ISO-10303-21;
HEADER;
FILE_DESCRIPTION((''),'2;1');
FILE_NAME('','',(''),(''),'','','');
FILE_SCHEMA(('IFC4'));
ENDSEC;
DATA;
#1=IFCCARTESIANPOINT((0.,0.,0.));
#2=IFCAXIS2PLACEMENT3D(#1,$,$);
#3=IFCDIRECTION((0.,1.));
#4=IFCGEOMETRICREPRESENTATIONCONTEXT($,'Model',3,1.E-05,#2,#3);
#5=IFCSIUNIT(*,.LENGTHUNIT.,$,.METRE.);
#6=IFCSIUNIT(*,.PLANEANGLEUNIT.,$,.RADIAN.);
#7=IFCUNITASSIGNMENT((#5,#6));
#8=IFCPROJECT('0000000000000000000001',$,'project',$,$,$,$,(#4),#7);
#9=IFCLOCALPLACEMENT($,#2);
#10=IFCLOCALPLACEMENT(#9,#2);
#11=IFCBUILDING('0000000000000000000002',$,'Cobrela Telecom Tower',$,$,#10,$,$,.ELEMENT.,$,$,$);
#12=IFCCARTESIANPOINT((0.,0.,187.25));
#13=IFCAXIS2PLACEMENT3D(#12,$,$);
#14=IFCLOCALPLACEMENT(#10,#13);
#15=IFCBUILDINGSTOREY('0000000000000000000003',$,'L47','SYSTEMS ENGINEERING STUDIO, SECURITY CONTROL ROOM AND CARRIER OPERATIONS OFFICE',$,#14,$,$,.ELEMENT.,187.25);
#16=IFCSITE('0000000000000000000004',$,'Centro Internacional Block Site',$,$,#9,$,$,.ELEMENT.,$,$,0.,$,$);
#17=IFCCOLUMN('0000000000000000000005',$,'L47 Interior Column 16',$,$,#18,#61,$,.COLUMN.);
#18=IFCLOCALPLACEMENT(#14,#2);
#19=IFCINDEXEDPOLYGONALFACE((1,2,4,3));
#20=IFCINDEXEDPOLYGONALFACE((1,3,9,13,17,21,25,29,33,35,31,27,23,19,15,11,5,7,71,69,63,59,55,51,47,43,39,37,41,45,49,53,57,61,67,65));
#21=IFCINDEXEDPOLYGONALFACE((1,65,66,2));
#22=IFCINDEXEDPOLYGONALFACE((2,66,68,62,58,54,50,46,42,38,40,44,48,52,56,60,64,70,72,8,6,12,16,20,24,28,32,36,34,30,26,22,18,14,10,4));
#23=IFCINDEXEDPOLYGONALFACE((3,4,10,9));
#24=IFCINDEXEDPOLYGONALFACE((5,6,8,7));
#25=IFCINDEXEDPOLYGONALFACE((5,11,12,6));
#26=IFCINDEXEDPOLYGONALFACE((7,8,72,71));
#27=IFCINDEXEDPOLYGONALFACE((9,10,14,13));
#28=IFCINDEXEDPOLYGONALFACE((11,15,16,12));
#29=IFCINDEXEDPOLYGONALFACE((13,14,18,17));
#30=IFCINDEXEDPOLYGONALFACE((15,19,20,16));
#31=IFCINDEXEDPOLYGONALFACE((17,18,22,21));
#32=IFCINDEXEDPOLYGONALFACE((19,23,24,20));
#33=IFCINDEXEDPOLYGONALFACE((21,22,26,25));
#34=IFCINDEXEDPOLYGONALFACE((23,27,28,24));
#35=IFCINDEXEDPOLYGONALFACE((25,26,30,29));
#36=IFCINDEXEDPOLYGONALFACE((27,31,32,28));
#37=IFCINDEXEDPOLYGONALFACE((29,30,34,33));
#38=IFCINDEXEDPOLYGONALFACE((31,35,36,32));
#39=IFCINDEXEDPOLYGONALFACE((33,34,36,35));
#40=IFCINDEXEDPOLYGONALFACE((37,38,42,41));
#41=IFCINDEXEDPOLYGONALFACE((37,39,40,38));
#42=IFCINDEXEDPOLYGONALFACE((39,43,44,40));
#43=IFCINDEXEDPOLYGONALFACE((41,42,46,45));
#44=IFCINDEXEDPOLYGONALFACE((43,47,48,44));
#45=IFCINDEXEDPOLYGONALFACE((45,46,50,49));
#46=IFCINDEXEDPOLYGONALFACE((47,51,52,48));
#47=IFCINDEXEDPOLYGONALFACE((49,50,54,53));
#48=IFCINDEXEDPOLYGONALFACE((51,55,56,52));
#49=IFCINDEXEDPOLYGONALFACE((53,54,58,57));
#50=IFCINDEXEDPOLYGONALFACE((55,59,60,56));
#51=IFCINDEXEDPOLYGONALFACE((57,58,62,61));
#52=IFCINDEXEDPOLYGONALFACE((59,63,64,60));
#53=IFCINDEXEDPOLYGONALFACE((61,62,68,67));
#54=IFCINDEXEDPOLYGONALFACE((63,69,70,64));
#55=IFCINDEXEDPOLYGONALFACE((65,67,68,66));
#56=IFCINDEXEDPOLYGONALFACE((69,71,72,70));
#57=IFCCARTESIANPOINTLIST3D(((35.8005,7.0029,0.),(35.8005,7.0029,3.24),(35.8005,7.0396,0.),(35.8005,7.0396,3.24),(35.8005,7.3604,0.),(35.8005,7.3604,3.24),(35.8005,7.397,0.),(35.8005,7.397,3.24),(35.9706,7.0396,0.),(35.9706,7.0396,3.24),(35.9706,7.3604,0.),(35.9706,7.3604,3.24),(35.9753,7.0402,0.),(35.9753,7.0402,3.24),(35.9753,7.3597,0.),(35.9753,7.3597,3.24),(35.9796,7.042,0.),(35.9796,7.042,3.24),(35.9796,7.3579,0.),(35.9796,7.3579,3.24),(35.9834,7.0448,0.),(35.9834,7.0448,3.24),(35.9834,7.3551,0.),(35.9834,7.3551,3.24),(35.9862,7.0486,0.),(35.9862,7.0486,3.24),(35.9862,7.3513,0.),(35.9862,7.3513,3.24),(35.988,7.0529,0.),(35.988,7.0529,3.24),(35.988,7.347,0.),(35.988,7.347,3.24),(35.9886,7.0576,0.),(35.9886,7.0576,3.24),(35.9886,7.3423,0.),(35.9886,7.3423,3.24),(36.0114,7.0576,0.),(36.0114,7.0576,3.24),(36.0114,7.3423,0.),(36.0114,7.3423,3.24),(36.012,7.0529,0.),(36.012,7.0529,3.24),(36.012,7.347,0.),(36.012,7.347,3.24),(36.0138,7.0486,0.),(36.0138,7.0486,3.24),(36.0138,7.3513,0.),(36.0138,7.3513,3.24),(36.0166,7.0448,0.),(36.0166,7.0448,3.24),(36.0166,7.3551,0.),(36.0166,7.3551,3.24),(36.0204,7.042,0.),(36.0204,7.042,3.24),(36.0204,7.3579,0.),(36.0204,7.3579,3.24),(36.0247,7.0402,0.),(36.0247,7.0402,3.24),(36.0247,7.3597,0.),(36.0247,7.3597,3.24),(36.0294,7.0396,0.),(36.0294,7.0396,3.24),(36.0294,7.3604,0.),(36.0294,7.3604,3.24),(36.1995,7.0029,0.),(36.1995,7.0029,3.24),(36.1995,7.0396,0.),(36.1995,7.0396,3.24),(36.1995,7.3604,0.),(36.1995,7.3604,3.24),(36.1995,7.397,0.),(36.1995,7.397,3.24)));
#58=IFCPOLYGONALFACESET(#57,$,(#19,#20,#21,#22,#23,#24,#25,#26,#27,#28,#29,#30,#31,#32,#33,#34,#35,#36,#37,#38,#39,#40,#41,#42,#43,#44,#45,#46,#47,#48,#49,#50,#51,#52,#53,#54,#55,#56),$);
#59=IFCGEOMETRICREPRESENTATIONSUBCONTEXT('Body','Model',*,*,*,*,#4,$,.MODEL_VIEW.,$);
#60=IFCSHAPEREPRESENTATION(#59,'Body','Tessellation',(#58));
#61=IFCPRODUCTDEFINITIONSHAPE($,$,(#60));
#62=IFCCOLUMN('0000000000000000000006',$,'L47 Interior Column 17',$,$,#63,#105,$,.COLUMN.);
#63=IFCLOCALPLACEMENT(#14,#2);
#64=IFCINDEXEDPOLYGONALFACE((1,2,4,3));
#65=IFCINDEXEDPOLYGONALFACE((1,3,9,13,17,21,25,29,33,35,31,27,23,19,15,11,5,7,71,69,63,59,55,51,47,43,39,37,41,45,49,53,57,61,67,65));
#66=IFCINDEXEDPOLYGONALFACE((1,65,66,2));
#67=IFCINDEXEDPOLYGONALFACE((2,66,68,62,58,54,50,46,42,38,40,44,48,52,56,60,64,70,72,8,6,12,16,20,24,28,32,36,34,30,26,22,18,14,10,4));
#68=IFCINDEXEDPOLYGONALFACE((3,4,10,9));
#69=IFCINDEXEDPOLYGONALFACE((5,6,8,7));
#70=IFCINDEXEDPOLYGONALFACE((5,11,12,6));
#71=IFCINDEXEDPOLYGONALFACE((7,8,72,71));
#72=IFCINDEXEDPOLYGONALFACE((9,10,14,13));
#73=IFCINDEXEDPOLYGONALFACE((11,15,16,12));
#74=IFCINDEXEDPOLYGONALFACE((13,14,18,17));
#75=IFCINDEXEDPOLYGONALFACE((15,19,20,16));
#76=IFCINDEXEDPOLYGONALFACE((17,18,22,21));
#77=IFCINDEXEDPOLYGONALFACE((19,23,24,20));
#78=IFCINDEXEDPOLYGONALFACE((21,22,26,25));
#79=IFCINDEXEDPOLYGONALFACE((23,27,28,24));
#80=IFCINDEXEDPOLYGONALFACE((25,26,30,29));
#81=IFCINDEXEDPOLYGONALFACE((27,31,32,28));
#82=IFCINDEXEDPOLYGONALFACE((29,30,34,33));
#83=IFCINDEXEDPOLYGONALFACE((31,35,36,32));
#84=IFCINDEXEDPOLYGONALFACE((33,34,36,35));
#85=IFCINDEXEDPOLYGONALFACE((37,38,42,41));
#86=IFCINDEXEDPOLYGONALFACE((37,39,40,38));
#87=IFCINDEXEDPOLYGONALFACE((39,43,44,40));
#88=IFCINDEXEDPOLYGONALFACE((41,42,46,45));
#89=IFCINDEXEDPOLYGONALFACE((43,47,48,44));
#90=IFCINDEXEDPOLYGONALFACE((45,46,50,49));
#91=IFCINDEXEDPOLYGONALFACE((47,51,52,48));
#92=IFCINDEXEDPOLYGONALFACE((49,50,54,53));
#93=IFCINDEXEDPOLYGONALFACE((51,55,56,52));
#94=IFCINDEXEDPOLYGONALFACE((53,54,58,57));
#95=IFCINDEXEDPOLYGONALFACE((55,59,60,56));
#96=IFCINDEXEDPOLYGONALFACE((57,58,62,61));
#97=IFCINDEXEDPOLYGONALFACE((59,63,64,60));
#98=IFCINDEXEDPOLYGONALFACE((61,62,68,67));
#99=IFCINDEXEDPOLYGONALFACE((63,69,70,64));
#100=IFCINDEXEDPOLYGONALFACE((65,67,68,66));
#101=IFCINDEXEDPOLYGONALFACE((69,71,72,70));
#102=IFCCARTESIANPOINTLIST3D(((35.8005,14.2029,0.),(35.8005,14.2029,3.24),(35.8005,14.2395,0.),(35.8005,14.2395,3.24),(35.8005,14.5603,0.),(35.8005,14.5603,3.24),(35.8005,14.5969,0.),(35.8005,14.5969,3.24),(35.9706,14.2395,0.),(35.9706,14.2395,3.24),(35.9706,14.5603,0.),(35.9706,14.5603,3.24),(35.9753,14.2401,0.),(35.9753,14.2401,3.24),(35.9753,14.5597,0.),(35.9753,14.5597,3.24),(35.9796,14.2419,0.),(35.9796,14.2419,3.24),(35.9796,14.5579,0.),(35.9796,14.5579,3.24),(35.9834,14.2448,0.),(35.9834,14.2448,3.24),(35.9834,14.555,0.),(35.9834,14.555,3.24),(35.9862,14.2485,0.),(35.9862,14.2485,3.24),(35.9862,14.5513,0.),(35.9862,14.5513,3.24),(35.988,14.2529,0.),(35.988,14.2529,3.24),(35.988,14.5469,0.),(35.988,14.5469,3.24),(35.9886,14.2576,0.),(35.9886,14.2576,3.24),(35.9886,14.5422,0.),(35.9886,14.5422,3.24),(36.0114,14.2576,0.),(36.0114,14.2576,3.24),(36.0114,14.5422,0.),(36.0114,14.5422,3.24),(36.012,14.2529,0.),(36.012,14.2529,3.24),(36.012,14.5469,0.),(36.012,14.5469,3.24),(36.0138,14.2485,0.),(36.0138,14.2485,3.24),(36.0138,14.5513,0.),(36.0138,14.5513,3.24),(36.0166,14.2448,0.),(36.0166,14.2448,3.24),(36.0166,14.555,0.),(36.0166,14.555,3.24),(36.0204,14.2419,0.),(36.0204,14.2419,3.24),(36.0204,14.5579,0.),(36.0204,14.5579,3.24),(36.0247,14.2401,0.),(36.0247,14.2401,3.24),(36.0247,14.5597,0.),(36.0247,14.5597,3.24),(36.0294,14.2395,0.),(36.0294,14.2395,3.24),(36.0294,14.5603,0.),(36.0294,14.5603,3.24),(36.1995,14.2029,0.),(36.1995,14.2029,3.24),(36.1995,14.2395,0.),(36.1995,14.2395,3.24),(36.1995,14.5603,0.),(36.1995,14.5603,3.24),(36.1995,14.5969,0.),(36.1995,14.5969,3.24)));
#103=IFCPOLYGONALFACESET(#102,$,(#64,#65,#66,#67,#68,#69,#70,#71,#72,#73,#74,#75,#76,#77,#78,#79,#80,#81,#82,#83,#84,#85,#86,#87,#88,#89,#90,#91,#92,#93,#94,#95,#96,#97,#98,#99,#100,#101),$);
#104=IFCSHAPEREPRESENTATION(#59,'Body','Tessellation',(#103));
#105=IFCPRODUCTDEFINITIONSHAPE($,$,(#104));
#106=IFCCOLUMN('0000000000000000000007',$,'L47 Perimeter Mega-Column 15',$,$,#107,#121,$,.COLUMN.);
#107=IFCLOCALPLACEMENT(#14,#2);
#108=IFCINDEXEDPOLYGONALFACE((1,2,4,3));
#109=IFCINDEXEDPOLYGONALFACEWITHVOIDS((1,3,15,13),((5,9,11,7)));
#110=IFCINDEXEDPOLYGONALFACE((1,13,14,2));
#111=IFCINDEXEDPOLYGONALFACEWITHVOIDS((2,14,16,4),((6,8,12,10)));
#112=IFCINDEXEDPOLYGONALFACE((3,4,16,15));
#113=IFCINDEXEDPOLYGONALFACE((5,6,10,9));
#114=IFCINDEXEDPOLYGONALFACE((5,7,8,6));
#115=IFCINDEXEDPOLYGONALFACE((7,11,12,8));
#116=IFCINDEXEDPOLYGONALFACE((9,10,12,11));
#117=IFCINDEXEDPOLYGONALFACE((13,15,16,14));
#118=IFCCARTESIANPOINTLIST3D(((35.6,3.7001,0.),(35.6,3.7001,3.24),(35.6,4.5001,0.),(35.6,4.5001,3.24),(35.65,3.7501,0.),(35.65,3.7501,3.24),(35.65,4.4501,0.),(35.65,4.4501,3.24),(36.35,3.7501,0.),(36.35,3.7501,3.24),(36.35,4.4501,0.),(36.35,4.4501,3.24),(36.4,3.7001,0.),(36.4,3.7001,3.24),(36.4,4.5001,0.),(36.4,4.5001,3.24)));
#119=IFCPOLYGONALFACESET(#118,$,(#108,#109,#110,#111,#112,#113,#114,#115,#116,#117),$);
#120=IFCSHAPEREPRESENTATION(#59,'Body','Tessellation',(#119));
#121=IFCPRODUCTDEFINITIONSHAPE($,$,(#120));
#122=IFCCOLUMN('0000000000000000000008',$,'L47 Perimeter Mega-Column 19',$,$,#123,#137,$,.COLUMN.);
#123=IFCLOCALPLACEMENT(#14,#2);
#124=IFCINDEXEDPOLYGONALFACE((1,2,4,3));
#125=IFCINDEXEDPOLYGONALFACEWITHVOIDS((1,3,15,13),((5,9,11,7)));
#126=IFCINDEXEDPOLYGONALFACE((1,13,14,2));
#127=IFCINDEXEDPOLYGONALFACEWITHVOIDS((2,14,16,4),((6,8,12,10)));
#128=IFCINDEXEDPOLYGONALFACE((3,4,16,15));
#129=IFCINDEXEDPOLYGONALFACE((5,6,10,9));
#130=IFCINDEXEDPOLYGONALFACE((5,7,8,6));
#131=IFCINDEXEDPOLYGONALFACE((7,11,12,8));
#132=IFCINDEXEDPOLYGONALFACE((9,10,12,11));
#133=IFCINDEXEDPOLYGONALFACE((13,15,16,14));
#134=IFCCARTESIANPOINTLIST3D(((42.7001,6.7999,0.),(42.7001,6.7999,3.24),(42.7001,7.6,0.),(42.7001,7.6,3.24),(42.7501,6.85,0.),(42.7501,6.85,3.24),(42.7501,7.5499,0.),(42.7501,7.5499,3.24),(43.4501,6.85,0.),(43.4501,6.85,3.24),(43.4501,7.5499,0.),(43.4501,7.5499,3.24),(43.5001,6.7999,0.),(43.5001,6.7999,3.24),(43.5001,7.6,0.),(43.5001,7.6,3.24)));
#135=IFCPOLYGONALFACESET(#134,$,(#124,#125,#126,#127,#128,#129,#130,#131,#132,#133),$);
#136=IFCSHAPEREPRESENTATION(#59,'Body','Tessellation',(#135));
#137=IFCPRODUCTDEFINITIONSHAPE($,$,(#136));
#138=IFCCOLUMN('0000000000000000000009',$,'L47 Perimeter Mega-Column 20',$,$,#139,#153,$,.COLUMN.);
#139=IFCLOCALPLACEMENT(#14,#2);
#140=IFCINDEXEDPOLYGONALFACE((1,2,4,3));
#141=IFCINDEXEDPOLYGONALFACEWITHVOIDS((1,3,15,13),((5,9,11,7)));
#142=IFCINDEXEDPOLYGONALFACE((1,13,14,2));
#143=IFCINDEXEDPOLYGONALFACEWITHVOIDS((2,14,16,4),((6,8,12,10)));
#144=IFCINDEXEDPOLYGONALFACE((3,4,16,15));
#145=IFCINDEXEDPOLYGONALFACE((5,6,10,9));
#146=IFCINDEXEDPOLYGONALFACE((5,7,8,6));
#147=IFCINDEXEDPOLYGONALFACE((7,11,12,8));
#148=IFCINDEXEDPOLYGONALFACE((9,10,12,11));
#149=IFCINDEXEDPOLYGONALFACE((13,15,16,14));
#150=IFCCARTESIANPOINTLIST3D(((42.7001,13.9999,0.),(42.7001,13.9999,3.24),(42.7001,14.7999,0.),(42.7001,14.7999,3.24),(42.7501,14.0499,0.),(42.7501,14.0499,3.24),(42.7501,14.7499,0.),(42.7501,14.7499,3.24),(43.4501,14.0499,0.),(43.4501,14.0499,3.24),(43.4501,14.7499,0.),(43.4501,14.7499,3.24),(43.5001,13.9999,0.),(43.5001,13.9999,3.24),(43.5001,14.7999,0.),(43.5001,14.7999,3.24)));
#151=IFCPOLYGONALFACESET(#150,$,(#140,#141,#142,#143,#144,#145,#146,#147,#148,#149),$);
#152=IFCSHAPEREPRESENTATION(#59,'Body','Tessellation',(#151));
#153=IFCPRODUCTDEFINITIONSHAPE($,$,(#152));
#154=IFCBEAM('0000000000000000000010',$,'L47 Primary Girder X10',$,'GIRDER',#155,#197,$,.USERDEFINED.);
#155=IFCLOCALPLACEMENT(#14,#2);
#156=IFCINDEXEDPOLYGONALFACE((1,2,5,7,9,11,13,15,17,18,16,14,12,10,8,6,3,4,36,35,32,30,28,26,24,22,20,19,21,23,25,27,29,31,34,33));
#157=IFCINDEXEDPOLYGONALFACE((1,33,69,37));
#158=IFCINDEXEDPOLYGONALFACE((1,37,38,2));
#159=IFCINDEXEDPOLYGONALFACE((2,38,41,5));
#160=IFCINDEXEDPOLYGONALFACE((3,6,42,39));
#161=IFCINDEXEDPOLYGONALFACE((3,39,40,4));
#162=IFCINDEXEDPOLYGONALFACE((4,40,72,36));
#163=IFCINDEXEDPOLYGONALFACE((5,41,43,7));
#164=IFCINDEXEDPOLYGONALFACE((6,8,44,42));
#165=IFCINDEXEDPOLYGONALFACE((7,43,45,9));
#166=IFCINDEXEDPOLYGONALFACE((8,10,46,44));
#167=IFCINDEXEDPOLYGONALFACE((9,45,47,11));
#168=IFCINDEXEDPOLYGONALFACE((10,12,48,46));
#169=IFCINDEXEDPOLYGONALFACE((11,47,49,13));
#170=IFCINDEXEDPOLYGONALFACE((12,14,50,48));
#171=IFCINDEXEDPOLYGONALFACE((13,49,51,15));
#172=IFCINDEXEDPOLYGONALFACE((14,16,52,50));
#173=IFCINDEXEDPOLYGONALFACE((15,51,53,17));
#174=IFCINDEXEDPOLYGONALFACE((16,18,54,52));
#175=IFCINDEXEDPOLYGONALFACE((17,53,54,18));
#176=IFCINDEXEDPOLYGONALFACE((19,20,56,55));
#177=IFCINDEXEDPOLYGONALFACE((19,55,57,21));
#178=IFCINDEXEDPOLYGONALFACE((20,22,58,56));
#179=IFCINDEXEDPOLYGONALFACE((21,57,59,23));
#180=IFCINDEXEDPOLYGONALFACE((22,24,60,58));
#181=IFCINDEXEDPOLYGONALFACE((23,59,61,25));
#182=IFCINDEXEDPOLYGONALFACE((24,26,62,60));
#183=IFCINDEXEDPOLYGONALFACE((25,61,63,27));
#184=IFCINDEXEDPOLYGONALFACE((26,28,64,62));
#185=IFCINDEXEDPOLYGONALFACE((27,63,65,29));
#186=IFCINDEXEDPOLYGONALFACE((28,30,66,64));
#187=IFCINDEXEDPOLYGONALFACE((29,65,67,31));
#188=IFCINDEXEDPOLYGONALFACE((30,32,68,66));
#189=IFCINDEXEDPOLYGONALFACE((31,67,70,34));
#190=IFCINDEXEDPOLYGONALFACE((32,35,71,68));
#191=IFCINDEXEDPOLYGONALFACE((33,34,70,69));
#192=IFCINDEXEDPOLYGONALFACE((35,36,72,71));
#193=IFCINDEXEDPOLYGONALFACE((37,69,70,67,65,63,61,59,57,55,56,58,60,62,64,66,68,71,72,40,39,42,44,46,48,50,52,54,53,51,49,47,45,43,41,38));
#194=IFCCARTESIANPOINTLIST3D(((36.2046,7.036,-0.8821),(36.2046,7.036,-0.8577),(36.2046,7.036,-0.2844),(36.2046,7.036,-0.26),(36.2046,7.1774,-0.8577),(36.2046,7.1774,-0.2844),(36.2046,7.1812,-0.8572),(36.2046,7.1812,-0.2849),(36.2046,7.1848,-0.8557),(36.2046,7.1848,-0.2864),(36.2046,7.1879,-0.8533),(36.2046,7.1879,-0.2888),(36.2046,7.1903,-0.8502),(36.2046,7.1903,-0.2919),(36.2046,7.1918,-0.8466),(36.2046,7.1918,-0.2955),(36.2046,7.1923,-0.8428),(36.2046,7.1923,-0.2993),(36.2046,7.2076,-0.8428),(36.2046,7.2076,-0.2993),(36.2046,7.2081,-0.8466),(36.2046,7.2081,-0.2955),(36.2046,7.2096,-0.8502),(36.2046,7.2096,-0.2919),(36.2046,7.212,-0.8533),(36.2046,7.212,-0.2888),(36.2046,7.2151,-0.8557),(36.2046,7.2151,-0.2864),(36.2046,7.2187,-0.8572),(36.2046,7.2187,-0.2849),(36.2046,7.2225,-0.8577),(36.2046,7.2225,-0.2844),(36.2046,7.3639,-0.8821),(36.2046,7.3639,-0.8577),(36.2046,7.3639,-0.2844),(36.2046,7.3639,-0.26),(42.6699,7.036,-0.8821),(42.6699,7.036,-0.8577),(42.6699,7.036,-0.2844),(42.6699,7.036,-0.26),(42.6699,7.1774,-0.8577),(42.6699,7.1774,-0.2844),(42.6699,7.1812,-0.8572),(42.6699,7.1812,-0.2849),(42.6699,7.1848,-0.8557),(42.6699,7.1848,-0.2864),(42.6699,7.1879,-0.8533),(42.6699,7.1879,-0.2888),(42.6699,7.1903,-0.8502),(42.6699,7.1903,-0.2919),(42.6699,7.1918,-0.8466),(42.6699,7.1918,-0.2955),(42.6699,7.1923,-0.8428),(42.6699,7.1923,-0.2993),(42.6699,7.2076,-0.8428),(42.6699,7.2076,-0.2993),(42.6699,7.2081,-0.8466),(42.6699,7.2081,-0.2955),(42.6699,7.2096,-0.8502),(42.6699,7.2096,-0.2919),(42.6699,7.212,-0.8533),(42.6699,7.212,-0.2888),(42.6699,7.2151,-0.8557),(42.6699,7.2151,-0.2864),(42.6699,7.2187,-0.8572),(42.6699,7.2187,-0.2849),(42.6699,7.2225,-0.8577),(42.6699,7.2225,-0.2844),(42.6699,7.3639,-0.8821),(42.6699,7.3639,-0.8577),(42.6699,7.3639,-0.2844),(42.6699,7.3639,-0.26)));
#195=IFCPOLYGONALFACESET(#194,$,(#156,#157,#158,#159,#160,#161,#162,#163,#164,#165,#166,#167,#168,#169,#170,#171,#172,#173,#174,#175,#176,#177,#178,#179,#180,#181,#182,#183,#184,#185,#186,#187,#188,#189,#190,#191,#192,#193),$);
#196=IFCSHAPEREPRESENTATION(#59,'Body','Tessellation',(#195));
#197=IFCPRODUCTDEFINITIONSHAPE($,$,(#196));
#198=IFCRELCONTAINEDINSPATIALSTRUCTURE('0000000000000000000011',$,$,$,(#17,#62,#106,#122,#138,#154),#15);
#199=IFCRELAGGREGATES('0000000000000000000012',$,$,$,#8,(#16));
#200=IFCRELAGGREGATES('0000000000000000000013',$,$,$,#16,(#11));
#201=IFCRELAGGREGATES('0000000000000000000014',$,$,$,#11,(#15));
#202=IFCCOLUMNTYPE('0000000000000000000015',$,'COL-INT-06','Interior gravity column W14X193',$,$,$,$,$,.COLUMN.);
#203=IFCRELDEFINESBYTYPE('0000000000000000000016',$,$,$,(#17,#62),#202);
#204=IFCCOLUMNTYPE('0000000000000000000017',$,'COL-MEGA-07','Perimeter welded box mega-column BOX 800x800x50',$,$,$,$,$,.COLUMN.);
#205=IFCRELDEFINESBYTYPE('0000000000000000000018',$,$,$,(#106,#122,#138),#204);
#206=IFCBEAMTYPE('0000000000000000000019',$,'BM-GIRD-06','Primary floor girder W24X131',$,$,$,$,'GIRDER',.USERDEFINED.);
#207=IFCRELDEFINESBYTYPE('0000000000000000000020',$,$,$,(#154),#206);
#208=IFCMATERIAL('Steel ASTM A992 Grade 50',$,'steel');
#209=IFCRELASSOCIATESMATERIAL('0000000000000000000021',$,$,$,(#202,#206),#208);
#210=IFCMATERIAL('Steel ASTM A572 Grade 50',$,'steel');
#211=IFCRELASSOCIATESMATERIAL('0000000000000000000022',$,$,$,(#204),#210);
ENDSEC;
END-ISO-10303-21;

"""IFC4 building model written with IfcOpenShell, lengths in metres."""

from ifc_helpers import new_model, si_unit, direction, frame, origin, origin_2d, place, context, subcontext, project, spatial, hollow_rectangle, i_section, extrude, material, material_profile, profile_set, type_object, element, save


model = new_model("IFC4")

# Units and contexts
model_context = context("Model", 3, precision=1e-05, world=origin(), true_north=direction((0.0, 1.0)))
body_context = subcontext(model_context, "Body", "Model", "MODEL_VIEW")
ifc_project = project(units=[si_unit("LENGTHUNIT", "METRE"), si_unit("PLANEANGLEUNIT", "RADIAN")], contexts=[model_context])

# Site, building, storey
site_placement = place(None, origin())
site = spatial("IfcSite", under=ifc_project, at=site_placement, Name="Centro Internacional Block Site", CompositionType="ELEMENT", RefElevation=0.0)
building_placement = place(site_placement, origin())
building = spatial("IfcBuilding", under=site, at=building_placement, Name="Cobrela Telecom Tower", CompositionType="ELEMENT")
storey_placement = place(building_placement, frame((0.0, 0.0, 187.25)))
storey = spatial("IfcBuildingStorey", under=building, at=storey_placement, Name="L47", Description="SYSTEMS ENGINEERING STUDIO, SECURITY CONTROL ROOM AND CARRIER OPERATIONS OFFICE", CompositionType="ELEMENT", Elevation=187.25)

# Columns
ifc_material_1 = material(Name="Steel ASTM A992 Grade 50", Category="steel")
ifc_material_profile_1 = material_profile(ifc_material_1, i_section(OverallWidth=0.3989, OverallDepth=0.394, WebThickness=0.0227, FlangeThickness=0.0366, FilletRadius=0.0181, at=origin_2d()), Name="W14X193")
ifc_profile_set_1 = profile_set([ifc_material_profile_1], Name="Steel ASTM A992 Grade 50")
column_type_1 = type_object("IfcColumnType", Name="COL-INT-06", Description="Interior gravity column W14X193", PredefinedType="COLUMN", material=ifc_profile_set_1)
for number, where, z_axis, x_axis, name in (
    (1, (36.0, 7.2, 0.0), (0.0, 0.0, 1.0), (1.0, 0.0, 0.0), "L47 Interior Column 16"),
    (2, (36.0, 14.3999, 0.0), (0.0, 0.0, 1.0), (1.0, 0.0, 0.0), "L47 Interior Column 17"),
):
    element("IfcColumn", number, at=place(storey_placement, frame(where, z_axis=z_axis, x_axis=x_axis)), inside=storey, type_object=column_type_1, Name=name, PredefinedType="COLUMN", context=body_context, shape_type="SweptSolid", body=[
        extrude(i_section(OverallWidth=0.3989, OverallDepth=0.394, WebThickness=0.0227, FlangeThickness=0.0366, FilletRadius=0.0181, at=origin_2d()), origin(), (0.0, 0.0, 1.0), 3.24),
    ])
ifc_material_2 = material(Name="Steel ASTM A572 Grade 50", Category="steel")
ifc_material_profile_2 = material_profile(ifc_material_2, hollow_rectangle(XDim=0.8, YDim=0.8, WallThickness=0.05, at=origin_2d()), Name="BOX 800x800x50")
ifc_profile_set_2 = profile_set([ifc_material_profile_2], Name="Steel ASTM A572 Grade 50")
column_type_2 = type_object("IfcColumnType", Name="COL-MEGA-07", Description="Perimeter welded box mega-column BOX 800x800x50", PredefinedType="COLUMN", material=ifc_profile_set_2)
for number, where, z_axis, x_axis, name in (
    (3, (36.0, 4.1001, 0.0), (0.0, 0.0, 1.0), (1.0, 0.0, 0.0), "L47 Perimeter Mega-Column 15"),
    (4, (43.1001, 7.2, 0.0), (0.0, 0.0, 1.0), (1.0, 0.0, 0.0), "L47 Perimeter Mega-Column 19"),
    (5, (43.1001, 14.3999, 0.0), (0.0, 0.0, 1.0), (1.0, 0.0, 0.0), "L47 Perimeter Mega-Column 20"),
):
    element("IfcColumn", number, at=place(storey_placement, frame(where, z_axis=z_axis, x_axis=x_axis)), inside=storey, type_object=column_type_2, Name=name, PredefinedType="COLUMN", context=body_context, shape_type="SweptSolid", body=[
        extrude(hollow_rectangle(XDim=0.8, YDim=0.8, WallThickness=0.05, at=origin_2d()), origin(), (0.0, 0.0, 1.0), 3.24),
    ])

# Beam
ifc_material_profile_3 = material_profile(ifc_material_1, i_section(OverallWidth=0.3279, OverallDepth=0.6221, WebThickness=0.0154, FlangeThickness=0.0244, FilletRadius=0.0149, at=origin_2d()), Name="W24X131")
ifc_profile_set_3 = profile_set([ifc_material_profile_3], Name="Steel ASTM A992 Grade 50")
beam_type_1 = type_object("IfcBeamType", Name="BM-GIRD-06", Description="Primary floor girder W24X131", ElementType="GIRDER", PredefinedType="USERDEFINED", material=ifc_profile_set_3)
for number, where, z_axis, x_axis, name in (
    (6, (36.2046, 7.2, -0.571), (1.0, 0.0, 0.0), (0.0, 1.0, 0.0), "L47 Primary Girder X10"),
):
    element("IfcBeam", number, at=place(storey_placement, frame(where, z_axis=z_axis, x_axis=x_axis)), inside=storey, type_object=beam_type_1, Name=name, ObjectType="GIRDER", PredefinedType="USERDEFINED", context=body_context, shape_type="SweptSolid", body=[
        extrude(i_section(OverallWidth=0.3279, OverallDepth=0.6221, WebThickness=0.0154, FlangeThickness=0.0244, FilletRadius=0.0149, at=origin_2d()), origin(), (0.0, 0.0, 1.0), 6.4653),
    ])

save(model, "model.ifc")
